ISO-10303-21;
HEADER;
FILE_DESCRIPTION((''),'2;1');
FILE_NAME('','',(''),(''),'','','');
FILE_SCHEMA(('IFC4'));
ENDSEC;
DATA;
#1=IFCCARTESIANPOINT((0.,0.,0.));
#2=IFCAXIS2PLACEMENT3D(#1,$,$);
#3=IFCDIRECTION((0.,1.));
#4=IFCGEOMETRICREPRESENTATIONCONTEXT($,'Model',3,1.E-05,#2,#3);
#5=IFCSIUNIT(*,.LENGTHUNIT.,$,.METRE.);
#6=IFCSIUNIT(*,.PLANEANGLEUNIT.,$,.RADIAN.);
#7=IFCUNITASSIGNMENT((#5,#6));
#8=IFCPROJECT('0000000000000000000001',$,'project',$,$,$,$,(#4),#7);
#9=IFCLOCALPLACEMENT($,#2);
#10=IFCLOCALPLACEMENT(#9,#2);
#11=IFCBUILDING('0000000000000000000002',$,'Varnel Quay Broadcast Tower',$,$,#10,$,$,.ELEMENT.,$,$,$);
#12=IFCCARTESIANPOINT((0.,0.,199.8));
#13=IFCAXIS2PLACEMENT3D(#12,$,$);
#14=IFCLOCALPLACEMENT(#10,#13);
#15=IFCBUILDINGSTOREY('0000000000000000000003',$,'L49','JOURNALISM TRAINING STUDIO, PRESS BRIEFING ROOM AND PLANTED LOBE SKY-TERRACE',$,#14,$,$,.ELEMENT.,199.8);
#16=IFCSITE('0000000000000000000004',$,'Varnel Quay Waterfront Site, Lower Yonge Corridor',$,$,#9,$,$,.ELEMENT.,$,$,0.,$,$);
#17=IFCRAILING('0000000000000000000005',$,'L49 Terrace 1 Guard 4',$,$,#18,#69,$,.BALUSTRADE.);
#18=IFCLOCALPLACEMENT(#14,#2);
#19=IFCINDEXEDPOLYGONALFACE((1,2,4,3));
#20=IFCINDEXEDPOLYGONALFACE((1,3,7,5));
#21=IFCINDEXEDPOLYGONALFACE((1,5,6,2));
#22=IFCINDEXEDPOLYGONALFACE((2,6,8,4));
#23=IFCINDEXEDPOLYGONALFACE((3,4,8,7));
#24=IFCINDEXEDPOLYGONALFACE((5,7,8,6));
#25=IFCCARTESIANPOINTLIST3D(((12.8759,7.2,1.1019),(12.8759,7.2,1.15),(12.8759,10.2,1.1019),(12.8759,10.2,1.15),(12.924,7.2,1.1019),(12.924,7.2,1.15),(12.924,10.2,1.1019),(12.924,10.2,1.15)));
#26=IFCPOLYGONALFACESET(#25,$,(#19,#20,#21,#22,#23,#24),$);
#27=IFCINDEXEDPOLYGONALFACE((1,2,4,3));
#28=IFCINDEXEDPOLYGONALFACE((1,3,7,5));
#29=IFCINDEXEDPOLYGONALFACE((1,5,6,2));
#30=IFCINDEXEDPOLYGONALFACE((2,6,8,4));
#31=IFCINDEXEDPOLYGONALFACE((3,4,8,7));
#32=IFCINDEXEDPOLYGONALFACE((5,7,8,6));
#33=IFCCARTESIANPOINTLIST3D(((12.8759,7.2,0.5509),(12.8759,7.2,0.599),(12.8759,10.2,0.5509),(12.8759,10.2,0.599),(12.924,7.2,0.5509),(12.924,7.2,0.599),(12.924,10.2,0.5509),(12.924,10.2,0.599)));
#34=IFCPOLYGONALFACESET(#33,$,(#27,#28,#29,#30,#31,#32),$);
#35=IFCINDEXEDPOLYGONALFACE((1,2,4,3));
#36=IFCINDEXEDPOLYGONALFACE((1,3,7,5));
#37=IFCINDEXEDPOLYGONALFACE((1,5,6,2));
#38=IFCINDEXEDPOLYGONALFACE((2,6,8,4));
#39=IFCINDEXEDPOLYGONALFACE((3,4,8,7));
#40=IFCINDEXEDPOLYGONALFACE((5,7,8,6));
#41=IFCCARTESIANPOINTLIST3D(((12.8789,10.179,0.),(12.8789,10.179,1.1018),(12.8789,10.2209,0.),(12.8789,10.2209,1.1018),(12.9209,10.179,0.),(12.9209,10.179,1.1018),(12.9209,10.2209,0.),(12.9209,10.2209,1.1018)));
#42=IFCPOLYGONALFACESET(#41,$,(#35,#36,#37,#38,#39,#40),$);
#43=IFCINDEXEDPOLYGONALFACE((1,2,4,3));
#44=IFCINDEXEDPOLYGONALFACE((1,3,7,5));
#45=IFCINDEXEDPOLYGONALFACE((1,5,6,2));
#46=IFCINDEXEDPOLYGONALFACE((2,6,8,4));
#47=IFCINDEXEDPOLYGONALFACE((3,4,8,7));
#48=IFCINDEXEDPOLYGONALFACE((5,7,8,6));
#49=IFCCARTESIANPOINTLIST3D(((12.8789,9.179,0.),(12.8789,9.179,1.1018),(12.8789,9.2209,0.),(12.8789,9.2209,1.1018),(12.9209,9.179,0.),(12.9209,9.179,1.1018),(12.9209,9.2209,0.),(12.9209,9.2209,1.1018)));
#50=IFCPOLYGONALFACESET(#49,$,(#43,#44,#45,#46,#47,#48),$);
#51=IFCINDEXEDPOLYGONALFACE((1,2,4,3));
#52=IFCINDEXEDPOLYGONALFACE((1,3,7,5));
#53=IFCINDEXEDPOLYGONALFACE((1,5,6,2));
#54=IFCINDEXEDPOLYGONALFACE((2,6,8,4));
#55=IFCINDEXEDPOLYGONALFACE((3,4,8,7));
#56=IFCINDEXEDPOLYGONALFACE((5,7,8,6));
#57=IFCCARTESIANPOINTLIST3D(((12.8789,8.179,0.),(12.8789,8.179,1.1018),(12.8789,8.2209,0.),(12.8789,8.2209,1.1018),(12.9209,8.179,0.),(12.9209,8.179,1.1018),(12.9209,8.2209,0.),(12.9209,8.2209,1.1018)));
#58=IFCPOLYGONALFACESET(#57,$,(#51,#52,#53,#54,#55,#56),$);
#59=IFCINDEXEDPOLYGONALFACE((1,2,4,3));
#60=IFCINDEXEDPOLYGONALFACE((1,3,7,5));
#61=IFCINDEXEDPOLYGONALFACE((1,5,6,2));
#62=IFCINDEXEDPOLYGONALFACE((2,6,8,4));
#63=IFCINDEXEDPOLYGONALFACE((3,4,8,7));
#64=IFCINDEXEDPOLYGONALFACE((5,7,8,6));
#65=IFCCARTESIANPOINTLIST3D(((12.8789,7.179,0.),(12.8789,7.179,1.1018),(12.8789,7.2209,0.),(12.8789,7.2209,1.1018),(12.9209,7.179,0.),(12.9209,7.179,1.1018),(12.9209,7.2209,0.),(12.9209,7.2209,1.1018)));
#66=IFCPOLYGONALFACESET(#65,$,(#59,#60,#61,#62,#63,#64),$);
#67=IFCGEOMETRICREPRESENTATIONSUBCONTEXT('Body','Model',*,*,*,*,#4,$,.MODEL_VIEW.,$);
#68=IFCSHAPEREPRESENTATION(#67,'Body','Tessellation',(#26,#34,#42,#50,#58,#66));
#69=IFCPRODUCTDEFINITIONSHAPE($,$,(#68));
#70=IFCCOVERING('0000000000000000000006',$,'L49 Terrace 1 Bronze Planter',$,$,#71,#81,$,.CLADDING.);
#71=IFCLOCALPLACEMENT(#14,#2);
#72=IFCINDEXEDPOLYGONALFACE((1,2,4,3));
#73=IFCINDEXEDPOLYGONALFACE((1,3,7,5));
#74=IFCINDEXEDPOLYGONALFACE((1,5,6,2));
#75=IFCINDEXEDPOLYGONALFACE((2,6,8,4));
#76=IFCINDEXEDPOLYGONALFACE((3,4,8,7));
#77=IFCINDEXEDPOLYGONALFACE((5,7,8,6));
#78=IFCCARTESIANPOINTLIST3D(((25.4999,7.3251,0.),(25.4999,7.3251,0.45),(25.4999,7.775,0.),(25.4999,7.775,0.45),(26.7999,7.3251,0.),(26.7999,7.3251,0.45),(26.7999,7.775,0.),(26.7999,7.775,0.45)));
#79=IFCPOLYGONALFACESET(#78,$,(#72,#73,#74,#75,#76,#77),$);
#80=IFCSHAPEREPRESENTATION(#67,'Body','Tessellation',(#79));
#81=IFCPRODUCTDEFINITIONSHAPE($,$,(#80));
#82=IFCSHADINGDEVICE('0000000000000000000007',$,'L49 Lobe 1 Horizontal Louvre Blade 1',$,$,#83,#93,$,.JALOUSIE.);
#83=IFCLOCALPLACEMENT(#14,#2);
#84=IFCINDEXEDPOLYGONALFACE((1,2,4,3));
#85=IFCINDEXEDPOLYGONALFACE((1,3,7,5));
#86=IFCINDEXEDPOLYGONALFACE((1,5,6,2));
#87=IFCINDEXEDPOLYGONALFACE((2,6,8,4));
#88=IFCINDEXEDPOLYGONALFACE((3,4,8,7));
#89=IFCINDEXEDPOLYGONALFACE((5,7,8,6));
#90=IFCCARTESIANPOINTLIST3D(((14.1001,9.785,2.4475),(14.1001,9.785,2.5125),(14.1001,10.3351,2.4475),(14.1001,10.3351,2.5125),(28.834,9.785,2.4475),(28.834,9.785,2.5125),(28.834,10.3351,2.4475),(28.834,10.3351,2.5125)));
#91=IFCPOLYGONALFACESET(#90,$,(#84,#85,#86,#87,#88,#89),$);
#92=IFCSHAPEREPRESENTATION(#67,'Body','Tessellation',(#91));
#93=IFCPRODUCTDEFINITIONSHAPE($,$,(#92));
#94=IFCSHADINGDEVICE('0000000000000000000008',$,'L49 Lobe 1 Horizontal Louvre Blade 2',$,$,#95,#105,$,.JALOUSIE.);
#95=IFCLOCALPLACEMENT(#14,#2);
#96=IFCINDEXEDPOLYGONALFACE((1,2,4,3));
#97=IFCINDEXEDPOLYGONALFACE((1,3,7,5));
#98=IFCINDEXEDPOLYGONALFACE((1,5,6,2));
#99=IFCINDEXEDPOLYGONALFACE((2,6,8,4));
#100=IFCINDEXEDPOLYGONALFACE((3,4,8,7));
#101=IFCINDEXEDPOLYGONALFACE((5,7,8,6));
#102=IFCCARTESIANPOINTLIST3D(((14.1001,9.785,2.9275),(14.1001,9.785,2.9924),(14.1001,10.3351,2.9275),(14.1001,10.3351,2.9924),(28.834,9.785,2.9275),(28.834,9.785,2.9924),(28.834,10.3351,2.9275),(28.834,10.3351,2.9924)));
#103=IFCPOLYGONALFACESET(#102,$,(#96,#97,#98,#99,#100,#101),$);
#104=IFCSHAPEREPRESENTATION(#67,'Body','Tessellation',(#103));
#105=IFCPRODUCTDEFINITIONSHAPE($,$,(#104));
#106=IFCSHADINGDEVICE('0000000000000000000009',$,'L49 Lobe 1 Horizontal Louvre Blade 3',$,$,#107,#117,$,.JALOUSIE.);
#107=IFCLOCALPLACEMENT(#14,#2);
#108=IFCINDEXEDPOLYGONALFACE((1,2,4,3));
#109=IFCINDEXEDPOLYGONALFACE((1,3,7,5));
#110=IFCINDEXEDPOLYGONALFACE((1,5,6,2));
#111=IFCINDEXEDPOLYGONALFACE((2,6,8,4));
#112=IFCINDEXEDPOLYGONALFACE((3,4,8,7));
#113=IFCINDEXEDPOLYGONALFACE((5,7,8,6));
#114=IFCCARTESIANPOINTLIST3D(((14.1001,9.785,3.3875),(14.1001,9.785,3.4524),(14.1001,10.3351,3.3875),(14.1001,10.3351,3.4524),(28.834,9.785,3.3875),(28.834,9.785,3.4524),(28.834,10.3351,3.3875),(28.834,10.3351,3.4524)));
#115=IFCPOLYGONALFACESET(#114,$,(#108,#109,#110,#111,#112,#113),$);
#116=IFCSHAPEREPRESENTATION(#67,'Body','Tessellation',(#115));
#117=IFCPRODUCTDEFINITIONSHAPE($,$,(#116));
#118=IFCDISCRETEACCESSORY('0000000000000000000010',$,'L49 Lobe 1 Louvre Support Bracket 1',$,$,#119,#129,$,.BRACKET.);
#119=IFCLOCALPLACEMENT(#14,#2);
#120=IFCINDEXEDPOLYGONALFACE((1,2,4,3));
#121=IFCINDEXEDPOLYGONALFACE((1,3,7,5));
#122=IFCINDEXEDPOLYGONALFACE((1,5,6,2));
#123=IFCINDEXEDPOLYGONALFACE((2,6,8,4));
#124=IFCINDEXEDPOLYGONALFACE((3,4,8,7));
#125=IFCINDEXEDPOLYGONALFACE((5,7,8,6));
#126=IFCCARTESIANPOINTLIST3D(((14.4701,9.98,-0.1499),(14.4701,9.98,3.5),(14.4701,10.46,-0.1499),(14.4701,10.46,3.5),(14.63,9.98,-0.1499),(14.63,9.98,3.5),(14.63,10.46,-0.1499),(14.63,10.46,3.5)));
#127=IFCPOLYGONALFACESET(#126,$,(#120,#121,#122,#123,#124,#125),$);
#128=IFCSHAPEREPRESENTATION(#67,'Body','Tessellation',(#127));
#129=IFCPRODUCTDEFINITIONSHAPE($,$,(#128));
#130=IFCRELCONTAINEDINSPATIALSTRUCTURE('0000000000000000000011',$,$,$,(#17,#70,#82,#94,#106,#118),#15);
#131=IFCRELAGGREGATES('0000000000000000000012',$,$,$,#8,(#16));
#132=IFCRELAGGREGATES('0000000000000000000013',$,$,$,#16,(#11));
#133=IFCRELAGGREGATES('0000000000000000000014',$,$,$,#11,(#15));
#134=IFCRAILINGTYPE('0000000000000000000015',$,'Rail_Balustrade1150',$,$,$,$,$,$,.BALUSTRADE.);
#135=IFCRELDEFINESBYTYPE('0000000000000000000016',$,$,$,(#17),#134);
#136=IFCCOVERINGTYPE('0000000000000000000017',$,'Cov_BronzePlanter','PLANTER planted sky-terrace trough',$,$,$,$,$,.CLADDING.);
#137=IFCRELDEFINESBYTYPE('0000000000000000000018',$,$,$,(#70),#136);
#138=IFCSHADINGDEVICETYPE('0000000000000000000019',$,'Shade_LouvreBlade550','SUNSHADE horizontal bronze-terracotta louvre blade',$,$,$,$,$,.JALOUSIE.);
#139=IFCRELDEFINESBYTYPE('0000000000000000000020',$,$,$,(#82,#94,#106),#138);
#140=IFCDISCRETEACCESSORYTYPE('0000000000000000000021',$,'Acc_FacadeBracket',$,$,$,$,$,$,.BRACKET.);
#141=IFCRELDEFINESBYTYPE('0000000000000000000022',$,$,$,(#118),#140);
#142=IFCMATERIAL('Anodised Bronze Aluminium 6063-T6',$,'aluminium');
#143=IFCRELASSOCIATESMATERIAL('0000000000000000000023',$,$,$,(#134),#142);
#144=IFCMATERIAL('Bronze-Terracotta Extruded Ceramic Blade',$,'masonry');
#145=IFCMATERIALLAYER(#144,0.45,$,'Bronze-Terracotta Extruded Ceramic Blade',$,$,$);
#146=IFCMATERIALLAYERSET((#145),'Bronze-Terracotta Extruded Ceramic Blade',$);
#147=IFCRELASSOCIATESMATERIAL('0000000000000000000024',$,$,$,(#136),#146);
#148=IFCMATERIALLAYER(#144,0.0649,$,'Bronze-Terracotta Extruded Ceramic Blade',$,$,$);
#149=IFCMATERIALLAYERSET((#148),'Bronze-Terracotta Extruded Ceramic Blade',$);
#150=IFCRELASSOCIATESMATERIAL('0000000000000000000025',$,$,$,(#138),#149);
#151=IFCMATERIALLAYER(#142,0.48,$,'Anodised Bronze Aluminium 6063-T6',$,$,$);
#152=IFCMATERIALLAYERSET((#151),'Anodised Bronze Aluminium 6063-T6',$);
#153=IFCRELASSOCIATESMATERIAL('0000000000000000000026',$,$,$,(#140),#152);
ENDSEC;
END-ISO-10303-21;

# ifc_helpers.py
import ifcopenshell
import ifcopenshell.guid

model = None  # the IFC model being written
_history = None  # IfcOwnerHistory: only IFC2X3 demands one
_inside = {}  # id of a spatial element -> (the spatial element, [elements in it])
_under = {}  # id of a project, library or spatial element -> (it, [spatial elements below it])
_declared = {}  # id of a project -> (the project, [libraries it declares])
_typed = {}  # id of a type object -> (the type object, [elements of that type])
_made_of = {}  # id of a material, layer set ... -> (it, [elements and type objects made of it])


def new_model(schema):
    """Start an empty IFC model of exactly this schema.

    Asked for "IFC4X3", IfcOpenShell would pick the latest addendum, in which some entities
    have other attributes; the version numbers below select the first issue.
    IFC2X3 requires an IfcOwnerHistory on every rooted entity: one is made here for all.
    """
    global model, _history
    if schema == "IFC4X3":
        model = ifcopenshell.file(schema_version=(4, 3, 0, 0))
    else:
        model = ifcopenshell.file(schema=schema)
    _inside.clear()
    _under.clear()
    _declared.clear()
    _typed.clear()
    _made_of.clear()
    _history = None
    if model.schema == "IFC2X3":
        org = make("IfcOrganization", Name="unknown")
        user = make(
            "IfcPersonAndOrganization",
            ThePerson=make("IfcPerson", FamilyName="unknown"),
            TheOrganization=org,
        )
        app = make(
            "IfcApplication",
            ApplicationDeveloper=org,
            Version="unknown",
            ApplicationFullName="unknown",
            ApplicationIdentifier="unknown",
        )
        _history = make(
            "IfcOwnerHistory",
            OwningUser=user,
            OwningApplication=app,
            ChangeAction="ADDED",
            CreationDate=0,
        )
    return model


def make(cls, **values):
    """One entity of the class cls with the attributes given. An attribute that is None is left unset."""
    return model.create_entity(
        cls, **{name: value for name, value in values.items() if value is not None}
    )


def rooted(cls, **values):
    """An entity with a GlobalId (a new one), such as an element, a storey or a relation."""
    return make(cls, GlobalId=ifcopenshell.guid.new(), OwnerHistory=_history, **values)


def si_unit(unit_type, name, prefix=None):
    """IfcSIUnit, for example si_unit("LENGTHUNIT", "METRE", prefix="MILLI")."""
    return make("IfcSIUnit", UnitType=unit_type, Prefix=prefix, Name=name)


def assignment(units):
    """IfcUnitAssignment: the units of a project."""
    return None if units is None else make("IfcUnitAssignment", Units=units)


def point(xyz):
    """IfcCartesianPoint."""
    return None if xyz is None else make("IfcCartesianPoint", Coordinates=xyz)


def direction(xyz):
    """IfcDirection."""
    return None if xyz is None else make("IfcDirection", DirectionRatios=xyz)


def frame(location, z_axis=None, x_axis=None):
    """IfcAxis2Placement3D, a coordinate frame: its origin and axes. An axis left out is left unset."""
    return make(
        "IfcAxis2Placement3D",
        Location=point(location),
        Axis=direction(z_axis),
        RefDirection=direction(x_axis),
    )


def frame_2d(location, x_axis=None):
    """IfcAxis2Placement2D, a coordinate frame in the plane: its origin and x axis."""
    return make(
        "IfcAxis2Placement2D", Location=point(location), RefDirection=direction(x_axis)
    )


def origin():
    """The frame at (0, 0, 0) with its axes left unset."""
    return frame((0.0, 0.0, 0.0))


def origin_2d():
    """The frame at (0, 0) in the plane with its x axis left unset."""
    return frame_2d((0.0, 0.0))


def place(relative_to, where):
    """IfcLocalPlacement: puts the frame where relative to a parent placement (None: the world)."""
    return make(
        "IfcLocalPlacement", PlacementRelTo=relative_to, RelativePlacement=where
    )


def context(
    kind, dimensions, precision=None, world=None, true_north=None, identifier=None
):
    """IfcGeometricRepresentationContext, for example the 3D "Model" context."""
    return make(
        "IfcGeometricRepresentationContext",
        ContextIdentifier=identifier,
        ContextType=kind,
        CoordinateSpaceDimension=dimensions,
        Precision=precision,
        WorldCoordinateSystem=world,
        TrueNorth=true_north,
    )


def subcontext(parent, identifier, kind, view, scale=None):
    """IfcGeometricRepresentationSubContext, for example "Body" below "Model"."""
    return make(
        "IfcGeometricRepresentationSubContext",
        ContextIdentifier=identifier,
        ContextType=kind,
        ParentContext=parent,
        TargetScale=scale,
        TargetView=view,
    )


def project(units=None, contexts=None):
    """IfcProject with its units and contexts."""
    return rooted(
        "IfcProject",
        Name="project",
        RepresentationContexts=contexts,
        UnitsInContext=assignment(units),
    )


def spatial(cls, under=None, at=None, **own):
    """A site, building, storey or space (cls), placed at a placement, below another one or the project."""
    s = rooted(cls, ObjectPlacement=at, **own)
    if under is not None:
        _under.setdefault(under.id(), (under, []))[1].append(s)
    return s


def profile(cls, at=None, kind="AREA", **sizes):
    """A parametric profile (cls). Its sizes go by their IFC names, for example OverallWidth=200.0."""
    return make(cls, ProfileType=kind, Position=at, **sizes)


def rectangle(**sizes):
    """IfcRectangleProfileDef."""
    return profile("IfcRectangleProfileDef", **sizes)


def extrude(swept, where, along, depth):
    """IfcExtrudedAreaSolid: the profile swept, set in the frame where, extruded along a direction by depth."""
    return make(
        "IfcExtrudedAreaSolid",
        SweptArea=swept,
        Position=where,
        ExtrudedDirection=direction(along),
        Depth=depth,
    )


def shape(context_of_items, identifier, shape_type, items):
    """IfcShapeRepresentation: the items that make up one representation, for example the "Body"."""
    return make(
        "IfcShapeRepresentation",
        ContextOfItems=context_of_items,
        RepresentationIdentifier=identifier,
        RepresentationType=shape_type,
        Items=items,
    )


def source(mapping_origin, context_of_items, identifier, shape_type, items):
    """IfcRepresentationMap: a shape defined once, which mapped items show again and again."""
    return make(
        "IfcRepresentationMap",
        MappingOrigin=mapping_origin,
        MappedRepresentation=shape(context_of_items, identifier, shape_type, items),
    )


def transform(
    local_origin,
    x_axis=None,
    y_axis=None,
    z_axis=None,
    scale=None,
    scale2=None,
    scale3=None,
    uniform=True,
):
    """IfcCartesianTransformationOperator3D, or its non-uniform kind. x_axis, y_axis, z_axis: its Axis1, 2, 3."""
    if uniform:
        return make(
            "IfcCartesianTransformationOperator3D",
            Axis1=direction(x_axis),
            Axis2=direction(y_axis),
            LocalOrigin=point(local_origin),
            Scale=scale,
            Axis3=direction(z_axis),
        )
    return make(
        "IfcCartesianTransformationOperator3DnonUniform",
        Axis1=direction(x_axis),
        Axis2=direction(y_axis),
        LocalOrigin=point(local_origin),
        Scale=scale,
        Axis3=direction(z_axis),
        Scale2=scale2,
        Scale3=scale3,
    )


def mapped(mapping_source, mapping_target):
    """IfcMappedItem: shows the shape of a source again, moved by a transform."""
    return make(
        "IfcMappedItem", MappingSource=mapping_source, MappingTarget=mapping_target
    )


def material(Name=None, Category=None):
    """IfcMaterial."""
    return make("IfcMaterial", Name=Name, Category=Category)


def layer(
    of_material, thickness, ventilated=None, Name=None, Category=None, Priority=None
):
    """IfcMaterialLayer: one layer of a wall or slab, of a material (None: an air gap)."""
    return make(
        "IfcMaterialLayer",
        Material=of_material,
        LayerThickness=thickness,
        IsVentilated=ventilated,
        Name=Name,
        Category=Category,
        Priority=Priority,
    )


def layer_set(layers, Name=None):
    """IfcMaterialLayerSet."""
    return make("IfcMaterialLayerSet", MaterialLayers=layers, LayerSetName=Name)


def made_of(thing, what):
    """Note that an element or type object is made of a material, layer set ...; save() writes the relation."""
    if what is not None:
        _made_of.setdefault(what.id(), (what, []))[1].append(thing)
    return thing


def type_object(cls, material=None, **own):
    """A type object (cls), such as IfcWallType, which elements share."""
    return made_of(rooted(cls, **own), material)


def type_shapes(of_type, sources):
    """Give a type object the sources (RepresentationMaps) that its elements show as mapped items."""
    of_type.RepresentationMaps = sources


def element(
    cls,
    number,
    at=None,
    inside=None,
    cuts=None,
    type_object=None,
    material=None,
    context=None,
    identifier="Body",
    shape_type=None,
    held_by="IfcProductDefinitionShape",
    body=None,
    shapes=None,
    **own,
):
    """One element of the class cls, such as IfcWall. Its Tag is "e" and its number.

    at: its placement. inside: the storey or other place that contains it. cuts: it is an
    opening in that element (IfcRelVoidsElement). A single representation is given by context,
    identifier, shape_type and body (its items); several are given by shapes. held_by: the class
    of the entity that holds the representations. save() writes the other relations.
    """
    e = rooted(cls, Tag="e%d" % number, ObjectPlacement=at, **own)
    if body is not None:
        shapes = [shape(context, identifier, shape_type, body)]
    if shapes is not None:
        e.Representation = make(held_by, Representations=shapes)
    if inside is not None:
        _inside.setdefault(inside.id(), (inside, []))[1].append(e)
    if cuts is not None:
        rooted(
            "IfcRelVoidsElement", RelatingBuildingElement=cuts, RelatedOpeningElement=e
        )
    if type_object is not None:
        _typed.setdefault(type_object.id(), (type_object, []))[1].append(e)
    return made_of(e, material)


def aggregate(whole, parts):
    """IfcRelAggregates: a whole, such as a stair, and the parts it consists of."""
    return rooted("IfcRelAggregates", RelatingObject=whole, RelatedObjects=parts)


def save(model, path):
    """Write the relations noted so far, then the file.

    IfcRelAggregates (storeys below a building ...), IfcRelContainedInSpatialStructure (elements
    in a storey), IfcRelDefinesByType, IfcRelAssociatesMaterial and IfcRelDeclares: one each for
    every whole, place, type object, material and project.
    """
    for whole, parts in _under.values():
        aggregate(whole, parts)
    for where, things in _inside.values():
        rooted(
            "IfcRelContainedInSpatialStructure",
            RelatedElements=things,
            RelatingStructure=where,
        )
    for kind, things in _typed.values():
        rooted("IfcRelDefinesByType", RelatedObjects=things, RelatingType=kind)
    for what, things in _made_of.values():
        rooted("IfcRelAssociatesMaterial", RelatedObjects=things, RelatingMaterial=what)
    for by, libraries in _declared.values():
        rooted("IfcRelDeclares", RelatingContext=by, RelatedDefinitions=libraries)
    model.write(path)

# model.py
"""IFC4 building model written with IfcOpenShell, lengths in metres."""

from ifc_helpers import new_model, si_unit, direction, frame, origin, origin_2d, place, context, subcontext, project, spatial, rectangle, extrude, source, transform, mapped, material, layer, layer_set, type_object, type_shapes, element, save


model = new_model("IFC4")

# Units and contexts
model_context = context("Model", 3, precision=1e-05, world=origin(), true_north=direction((0.0, 1.0)))
body_context = subcontext(model_context, "Body", "Model", "MODEL_VIEW")
ifc_project = project(units=[si_unit("LENGTHUNIT", "METRE"), si_unit("PLANEANGLEUNIT", "RADIAN")], contexts=[model_context])

# Site, building, storey
site_placement = place(None, origin())
site = spatial("IfcSite", under=ifc_project, at=site_placement, Name="Varnel Quay Waterfront Site, Lower Yonge Corridor", CompositionType="ELEMENT", RefElevation=0.0)
building_placement = place(site_placement, origin())
building = spatial("IfcBuilding", under=site, at=building_placement, Name="Varnel Quay Broadcast Tower", CompositionType="ELEMENT")
storey_placement = place(building_placement, frame((0.0, 0.0, 199.8)))
storey = spatial("IfcBuildingStorey", under=building, at=storey_placement, Name="L49", Description="JOURNALISM TRAINING STUDIO, PRESS BRIEFING ROOM AND PLANTED LOBE SKY-TERRACE", CompositionType="ELEMENT", Elevation=199.8)

# Shared definitions
ifc_material_1 = material(Name="Anodised Bronze Aluminium 6063-T6", Category="aluminium")

# Railing
railing_type = type_object("IfcRailingType", Name="Rail_Balustrade1150", PredefinedType="BALUSTRADE", material=ifc_material_1)
railing_1_placement = place(storey_placement, frame((12.8999, 10.2, 0.0)))
element("IfcRailing", 1, at=railing_1_placement, inside=storey, type_object=railing_type, Name="L49 Terrace 1 Guard 4", PredefinedType="BALUSTRADE", context=body_context, shape_type="SweptSolid", body=[
    extrude(rectangle(XDim=0.0481, YDim=0.0481, at=origin_2d()), frame((0.0, 0.0, 1.126), z_axis=(0.0, -1.0, 0.0), x_axis=(1.0, 0.0, 0.0)), (0.0, 0.0, 1.0), 3.0),
    extrude(rectangle(XDim=0.0481, YDim=0.0481, at=origin_2d()), frame((0.0, 0.0, 0.575), z_axis=(0.0, -1.0, 0.0), x_axis=(1.0, 0.0, 0.0)), (0.0, 0.0, 1.0), 3.0),
    extrude(rectangle(XDim=0.042, YDim=0.042, at=origin_2d()), origin(), (0.0, 0.0, 1.0), 1.1018),
    extrude(rectangle(XDim=0.042, YDim=0.042, at=origin_2d()), frame((0.0, -1.0, 0.0)), (0.0, 0.0, 1.0), 1.1018),
    extrude(rectangle(XDim=0.042, YDim=0.042, at=origin_2d()), frame((0.0, -2.0, 0.0)), (0.0, 0.0, 1.0), 1.1018),
    extrude(rectangle(XDim=0.042, YDim=0.042, at=origin_2d()), frame((0.0, -3.0, 0.0)), (0.0, 0.0, 1.0), 1.1018),
])

# Covering
ifc_material_2 = material(Name="Bronze-Terracotta Extruded Ceramic Blade", Category="masonry")
ifc_layer_1 = layer(ifc_material_2, 0.45, Name="Bronze-Terracotta Extruded Ceramic Blade")
ifc_layer_set_1 = layer_set([ifc_layer_1], Name="Bronze-Terracotta Extruded Ceramic Blade")
covering_type = type_object("IfcCoveringType", Name="Cov_BronzePlanter", Description="PLANTER planted sky-terrace trough", PredefinedType="CLADDING", material=ifc_layer_set_1)
shared_shape_1 = source(origin(), body_context, "Body", "SweptSolid", [
    extrude(rectangle(XDim=1.3, YDim=0.45, at=origin_2d()), origin(), (0.0, 0.0, 1.0), 0.45),
])
type_shapes(covering_type, [shared_shape_1])
covering_placement = place(storey_placement, frame((26.1499, 7.55, 0.0), z_axis=(0.0, 0.0, 1.0), x_axis=(1.0, 0.0, 0.0)))
element("IfcCovering", 2, at=covering_placement, inside=storey, type_object=covering_type, Name="L49 Terrace 1 Bronze Planter", PredefinedType="CLADDING", context=body_context, shape_type="MappedRepresentation", body=[
    mapped(shared_shape_1, transform((0.0, 0.0, 0.0), x_axis=(1.0, 0.0, 0.0), y_axis=(0.0, 1.0, 0.0), z_axis=(0.0, 0.0, 1.0), scale=1.0)),
])

# Shading devices
ifc_layer_2 = layer(ifc_material_2, 0.0649, Name="Bronze-Terracotta Extruded Ceramic Blade")
ifc_layer_set_2 = layer_set([ifc_layer_2], Name="Bronze-Terracotta Extruded Ceramic Blade")
shading_device_type = type_object("IfcShadingDeviceType", Name="Shade_LouvreBlade550", Description="SUNSHADE horizontal bronze-terracotta louvre blade", PredefinedType="JALOUSIE", material=ifc_layer_set_2)
shared_shape_2 = source(origin(), body_context, "Body", "SweptSolid", [
    extrude(rectangle(XDim=14.7339, YDim=0.55, at=origin_2d()), origin(), (0.0, 0.0, 1.0), 0.0649),
])
type_shapes(shading_device_type, [shared_shape_2])
for number, where, z_axis, x_axis, name in (
    (3, (21.467, 10.0601, 2.4475), (0.0, 0.0, 1.0), (1.0, 0.0, 0.0), "L49 Lobe 1 Horizontal Louvre Blade 1"),
    (4, (21.467, 10.0601, 2.9275), (0.0, 0.0, 1.0), (1.0, 0.0, 0.0), "L49 Lobe 1 Horizontal Louvre Blade 2"),
    (5, (21.467, 10.0601, 3.3875), (0.0, 0.0, 1.0), (1.0, 0.0, 0.0), "L49 Lobe 1 Horizontal Louvre Blade 3"),
):
    element("IfcShadingDevice", number, at=place(storey_placement, frame(where, z_axis=z_axis, x_axis=x_axis)), inside=storey, type_object=shading_device_type, Name=name, PredefinedType="JALOUSIE", context=body_context, shape_type="MappedRepresentation", body=[
        mapped(shared_shape_2, transform((0.0, 0.0, 0.0), x_axis=(1.0, 0.0, 0.0), y_axis=(0.0, 1.0, 0.0), z_axis=(0.0, 0.0, 1.0), scale=1.0)),
    ])

# Discrete accessory
ifc_layer_3 = layer(ifc_material_1, 0.48, Name="Anodised Bronze Aluminium 6063-T6")
ifc_layer_set_3 = layer_set([ifc_layer_3], Name="Anodised Bronze Aluminium 6063-T6")
discrete_accessory_type = type_object("IfcDiscreteAccessoryType", Name="Acc_FacadeBracket", PredefinedType="BRACKET", material=ifc_layer_set_3)
shared_shape_3 = source(origin(), body_context, "Body", "SweptSolid", [
    extrude(rectangle(XDim=0.1599, YDim=0.48, at=origin_2d()), origin(), (0.0, 0.0, 1.0), 3.6499),
])
type_shapes(discrete_accessory_type, [shared_shape_3])
discrete_accessory_placement = place(storey_placement, frame((14.55, 10.22, -0.1499), z_axis=(0.0, 0.0, 1.0), x_axis=(1.0, 0.0, 0.0)))
element("IfcDiscreteAccessory", 6, at=discrete_accessory_placement, inside=storey, type_object=discrete_accessory_type, Name="L49 Lobe 1 Louvre Support Bracket 1", PredefinedType="BRACKET", context=body_context, shape_type="MappedRepresentation", body=[
    mapped(shared_shape_3, transform((0.0, 0.0, 0.0), x_axis=(1.0, 0.0, 0.0), y_axis=(0.0, 1.0, 0.0), z_axis=(0.0, 0.0, 1.0), scale=1.0)),
])

save(model, "model.ifc")
